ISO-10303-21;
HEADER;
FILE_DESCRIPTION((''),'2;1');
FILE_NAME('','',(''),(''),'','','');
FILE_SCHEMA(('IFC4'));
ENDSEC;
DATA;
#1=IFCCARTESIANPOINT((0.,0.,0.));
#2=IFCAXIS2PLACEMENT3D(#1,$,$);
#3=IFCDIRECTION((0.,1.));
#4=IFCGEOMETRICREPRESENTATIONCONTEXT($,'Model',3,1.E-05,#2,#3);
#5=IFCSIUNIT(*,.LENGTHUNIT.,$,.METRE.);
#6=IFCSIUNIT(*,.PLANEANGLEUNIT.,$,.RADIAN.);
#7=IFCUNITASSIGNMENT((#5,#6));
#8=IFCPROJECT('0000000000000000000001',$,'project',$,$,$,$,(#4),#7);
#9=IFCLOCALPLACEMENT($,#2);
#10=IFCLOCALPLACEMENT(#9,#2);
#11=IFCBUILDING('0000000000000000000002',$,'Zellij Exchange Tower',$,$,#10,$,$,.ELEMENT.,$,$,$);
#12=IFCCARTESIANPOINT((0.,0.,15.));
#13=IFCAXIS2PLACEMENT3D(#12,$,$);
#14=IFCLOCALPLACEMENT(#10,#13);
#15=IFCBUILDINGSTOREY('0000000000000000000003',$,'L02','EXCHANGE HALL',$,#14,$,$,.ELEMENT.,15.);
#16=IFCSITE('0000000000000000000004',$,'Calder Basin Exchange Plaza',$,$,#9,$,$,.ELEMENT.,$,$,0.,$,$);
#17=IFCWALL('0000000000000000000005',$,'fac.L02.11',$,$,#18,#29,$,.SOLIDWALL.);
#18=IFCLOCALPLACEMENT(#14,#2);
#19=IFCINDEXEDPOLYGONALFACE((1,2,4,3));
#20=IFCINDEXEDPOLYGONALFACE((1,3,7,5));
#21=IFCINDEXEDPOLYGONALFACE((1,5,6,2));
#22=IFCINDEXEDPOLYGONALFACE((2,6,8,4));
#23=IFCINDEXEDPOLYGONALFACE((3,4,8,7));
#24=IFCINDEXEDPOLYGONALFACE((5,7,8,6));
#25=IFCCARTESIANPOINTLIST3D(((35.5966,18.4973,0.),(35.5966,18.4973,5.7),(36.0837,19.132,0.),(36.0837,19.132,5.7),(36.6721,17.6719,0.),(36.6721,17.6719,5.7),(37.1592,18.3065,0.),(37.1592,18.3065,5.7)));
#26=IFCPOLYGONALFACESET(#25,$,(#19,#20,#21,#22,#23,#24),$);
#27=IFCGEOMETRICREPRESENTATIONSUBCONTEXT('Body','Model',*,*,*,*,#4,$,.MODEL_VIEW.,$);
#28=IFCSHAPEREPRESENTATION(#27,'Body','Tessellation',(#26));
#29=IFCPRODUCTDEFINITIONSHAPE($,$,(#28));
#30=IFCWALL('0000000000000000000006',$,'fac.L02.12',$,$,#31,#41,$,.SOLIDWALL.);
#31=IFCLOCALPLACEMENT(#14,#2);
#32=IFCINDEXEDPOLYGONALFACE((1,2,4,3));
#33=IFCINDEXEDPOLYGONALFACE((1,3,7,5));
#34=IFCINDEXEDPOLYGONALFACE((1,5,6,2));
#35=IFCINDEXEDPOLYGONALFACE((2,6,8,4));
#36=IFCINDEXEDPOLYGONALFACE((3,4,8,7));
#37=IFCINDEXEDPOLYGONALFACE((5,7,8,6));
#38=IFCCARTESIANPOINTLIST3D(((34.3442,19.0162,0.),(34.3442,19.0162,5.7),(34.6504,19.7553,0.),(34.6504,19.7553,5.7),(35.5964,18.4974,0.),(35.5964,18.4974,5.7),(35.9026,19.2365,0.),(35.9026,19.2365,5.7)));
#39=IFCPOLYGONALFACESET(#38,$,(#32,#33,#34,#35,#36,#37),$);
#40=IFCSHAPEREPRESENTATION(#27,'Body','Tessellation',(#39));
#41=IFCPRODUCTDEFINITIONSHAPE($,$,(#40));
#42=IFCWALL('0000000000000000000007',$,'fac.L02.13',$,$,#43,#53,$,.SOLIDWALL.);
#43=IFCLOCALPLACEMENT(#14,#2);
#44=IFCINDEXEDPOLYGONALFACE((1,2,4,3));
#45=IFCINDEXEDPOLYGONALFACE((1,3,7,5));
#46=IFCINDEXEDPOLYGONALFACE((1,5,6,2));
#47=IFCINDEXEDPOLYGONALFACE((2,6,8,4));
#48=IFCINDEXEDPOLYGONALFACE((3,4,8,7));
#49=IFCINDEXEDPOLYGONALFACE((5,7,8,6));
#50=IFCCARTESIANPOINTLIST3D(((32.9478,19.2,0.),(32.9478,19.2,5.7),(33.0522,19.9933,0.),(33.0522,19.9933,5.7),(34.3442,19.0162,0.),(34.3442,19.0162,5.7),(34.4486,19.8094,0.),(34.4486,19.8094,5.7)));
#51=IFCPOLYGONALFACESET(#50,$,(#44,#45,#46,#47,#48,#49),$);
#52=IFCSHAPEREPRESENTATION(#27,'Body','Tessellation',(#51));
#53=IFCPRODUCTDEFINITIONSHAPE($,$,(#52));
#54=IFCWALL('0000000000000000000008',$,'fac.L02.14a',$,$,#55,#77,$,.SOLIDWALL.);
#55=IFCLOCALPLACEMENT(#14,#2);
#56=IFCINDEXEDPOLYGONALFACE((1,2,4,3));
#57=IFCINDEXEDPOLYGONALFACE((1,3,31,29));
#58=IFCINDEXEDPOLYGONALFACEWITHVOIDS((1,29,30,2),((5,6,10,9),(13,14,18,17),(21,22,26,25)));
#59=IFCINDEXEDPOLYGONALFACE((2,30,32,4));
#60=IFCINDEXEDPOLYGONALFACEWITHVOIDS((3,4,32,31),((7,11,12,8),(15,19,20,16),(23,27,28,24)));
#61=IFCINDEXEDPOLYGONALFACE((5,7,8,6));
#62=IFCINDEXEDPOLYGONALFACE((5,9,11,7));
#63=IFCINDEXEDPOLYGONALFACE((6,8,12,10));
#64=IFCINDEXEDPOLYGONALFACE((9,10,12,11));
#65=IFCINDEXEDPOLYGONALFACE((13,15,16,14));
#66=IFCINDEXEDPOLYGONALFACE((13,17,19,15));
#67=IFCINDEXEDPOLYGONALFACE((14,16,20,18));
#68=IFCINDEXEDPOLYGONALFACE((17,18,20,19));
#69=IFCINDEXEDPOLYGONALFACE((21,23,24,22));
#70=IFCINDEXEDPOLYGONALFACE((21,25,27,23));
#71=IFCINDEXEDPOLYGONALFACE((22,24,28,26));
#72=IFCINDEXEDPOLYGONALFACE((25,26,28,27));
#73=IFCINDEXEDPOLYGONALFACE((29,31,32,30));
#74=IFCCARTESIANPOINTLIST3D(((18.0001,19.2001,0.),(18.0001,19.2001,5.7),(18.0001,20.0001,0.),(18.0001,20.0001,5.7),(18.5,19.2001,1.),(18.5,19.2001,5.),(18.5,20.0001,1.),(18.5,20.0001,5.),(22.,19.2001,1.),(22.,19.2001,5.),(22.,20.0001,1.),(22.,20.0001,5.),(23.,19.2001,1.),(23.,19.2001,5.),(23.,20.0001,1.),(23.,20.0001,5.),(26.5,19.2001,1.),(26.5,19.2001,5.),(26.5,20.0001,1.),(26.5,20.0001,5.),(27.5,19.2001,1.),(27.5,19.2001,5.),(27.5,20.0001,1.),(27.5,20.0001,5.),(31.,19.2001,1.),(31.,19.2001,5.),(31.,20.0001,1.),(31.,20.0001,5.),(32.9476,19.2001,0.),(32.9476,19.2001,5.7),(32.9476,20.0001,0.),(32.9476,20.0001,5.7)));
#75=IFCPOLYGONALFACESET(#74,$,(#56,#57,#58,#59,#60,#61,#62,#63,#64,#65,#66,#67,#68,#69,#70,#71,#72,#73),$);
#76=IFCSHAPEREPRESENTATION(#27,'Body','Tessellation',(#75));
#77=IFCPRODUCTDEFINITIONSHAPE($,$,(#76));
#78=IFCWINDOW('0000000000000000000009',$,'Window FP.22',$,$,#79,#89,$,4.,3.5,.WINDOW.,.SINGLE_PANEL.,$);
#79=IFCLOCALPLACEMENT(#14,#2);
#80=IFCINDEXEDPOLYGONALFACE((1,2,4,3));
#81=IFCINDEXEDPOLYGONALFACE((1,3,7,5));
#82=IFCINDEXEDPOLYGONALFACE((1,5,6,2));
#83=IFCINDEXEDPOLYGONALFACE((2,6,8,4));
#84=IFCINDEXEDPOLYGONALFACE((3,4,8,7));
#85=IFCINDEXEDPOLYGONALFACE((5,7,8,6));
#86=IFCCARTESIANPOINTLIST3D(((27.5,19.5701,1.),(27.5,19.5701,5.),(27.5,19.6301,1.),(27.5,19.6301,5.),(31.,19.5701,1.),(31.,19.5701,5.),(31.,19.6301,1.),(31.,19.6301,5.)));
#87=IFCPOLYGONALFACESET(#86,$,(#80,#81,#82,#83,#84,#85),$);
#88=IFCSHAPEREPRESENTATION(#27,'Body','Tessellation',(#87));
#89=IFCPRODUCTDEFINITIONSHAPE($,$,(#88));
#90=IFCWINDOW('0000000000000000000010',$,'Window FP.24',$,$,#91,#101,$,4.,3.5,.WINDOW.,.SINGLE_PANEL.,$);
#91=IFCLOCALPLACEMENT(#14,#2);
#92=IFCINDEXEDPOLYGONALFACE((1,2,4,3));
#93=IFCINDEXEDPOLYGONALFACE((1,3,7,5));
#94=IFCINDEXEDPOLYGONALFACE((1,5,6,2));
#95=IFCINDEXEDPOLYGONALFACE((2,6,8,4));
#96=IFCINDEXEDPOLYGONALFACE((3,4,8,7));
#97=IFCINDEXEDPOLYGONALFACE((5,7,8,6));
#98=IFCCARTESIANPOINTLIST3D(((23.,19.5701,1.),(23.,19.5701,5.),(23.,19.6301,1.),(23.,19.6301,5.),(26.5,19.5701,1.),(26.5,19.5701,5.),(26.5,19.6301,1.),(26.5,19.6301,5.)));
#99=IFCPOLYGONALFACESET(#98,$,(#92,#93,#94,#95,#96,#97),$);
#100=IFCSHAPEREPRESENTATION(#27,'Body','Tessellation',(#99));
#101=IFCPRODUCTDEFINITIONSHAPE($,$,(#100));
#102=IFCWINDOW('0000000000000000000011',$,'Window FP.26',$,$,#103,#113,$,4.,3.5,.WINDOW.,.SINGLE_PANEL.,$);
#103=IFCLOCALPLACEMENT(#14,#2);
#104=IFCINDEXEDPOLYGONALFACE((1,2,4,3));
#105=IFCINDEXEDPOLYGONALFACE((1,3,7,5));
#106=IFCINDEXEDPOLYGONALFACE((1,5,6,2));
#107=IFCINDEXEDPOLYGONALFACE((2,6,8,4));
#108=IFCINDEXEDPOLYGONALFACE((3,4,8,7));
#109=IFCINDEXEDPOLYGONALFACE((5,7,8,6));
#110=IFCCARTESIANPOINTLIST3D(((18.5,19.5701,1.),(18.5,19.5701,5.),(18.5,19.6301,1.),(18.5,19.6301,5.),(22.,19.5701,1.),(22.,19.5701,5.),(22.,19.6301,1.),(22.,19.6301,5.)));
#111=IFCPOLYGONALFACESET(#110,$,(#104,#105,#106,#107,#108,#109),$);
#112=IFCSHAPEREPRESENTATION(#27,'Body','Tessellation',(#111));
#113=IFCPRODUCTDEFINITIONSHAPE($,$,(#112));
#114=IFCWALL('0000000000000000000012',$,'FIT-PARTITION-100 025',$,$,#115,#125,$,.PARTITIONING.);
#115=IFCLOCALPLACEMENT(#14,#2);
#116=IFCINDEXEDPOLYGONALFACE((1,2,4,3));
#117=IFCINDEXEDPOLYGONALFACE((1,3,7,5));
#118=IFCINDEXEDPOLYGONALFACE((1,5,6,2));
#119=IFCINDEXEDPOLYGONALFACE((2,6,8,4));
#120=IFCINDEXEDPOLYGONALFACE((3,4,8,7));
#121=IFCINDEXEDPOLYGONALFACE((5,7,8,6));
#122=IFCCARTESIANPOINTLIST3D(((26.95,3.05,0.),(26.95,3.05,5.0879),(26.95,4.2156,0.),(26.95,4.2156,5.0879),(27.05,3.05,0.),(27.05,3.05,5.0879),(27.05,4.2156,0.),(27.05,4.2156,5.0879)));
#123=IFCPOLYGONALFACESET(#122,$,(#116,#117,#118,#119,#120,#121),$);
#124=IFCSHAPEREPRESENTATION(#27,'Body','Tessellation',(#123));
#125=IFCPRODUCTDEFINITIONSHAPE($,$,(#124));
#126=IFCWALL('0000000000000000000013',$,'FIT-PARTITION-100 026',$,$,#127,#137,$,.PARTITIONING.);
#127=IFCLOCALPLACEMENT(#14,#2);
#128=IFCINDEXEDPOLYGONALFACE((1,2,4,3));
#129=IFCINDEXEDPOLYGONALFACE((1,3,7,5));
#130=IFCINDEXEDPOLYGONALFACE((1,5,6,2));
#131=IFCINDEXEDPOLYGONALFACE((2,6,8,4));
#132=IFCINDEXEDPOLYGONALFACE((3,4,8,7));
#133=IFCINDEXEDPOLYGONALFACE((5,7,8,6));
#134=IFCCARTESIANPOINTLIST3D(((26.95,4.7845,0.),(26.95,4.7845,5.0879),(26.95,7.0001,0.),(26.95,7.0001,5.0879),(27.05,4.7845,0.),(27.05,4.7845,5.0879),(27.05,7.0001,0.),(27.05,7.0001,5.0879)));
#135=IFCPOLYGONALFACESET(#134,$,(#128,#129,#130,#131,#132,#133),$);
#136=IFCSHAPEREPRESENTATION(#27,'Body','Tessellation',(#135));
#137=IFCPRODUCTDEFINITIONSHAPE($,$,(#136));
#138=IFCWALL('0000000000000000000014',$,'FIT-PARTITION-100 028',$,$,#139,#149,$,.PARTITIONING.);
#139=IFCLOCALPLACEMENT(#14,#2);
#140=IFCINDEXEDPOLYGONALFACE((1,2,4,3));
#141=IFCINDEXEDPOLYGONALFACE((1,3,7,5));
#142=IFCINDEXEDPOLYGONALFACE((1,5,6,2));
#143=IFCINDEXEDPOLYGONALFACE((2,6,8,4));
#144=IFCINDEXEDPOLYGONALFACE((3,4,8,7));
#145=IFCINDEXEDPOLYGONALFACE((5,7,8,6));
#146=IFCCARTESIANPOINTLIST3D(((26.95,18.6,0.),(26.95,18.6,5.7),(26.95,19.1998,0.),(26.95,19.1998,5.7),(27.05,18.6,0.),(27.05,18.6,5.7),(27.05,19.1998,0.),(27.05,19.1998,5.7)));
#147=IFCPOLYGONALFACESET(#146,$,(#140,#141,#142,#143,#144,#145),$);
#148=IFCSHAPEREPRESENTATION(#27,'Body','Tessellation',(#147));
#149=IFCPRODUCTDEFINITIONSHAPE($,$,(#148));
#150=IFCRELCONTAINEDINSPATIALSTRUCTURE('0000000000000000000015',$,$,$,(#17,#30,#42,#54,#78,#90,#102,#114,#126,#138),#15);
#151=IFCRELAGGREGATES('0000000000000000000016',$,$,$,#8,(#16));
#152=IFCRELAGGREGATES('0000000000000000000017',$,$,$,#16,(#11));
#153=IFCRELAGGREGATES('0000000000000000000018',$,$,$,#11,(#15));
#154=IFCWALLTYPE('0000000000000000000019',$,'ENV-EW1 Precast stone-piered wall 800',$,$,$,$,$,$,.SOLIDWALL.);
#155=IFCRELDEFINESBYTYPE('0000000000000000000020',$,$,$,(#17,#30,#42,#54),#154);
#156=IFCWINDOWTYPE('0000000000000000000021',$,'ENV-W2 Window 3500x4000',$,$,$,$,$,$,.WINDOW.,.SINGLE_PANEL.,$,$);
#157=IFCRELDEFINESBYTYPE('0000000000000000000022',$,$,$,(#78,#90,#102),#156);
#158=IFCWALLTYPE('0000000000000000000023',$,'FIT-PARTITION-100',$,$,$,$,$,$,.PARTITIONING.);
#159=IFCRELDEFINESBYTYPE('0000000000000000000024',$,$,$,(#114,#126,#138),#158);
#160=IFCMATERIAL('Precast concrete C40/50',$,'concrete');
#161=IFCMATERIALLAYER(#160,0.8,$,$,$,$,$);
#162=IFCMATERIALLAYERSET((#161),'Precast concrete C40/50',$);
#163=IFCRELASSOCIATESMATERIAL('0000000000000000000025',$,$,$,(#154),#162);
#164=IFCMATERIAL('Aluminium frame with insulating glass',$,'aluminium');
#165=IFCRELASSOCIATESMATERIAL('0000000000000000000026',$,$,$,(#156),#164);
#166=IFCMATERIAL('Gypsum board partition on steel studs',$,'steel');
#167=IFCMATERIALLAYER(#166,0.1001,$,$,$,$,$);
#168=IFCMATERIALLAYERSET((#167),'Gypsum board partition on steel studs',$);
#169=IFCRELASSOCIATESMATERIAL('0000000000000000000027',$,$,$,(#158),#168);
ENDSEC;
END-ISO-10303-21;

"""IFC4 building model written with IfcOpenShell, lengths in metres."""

from ifc_helpers import new_model, si_unit, direction, frame, frame_2d, origin, place, context, subcontext, project, spatial, rectangle, extrude, material, layer, layer_set, type_object, element, fill, save


model = new_model("IFC4")

# Units and contexts
model_context = context("Model", 3, precision=1e-05, world=origin(), true_north=direction((0.0, 1.0)))
body_context = subcontext(model_context, "Body", "Model", "MODEL_VIEW")
ifc_project = project(units=[si_unit("LENGTHUNIT", "METRE"), si_unit("PLANEANGLEUNIT", "RADIAN")], contexts=[model_context])

# Site, building, storey
site_placement = place(None, origin())
site = spatial("IfcSite", under=ifc_project, at=site_placement, Name="Calder Basin Exchange Plaza", CompositionType="ELEMENT", RefElevation=0.0)
building_placement = place(site_placement, origin())
building = spatial("IfcBuilding", under=site, at=building_placement, Name="Zellij Exchange Tower", CompositionType="ELEMENT")
storey_placement = place(building_placement, frame((0.0, 0.0, 15.0)))
storey = spatial("IfcBuildingStorey", under=building, at=storey_placement, Name="L02", Description="EXCHANGE HALL", CompositionType="ELEMENT", Elevation=15.0)

# Walls
ifc_material_1 = material(Name="Precast concrete C40/50", Category="concrete")
ifc_layer_1 = layer(ifc_material_1, 0.8)
ifc_layer_set_1 = layer_set([ifc_layer_1], Name="Precast concrete C40/50")
wall_type_1 = type_object("IfcWallType", Name="ENV-EW1 Precast stone-piered wall 800", PredefinedType="SOLIDWALL", material=ifc_layer_set_1)
for number, where, z_axis, x_axis, name in (
    (1, (36.9155, 17.9893, 0.0), (0.0, 0.0, 1.0), (-0.793273, 0.608866, 0.0), "fac.L02.11"),
):
    element("IfcWall", number, at=place(storey_placement, frame(where, z_axis=z_axis, x_axis=x_axis)), inside=storey, type_object=wall_type_1, Name=name, PredefinedType="SOLIDWALL", context=body_context, shape_type="SweptSolid", body=[
        extrude(rectangle(XDim=1.3557, YDim=0.8, at=frame_2d((0.6777, 0.0))), origin(), (0.0, 0.0, 1.0), 5.7),
    ])
wall_1_placement = place(storey_placement, frame((35.7495, 18.8669, 0.0), z_axis=(0.0, 0.0, 1.0), x_axis=(-0.923848, 0.38276, 0.0)))
element("IfcWall", 2, at=wall_1_placement, inside=storey, type_object=wall_type_1, Name="fac.L02.12", PredefinedType="SOLIDWALL", context=body_context, shape_type="SweptSolid", body=[
    extrude(rectangle(XDim=1.3555, YDim=0.8, at=frame_2d((0.6777, 0.0))), origin(), (0.0, 0.0, 1.0), 5.7),
])
wall_2_placement = place(storey_placement, frame((34.3962, 19.4128, 0.0), z_axis=(0.0, 0.0, 1.0), x_axis=(-0.991446, 0.130517, 0.0)))
element("IfcWall", 3, at=wall_2_placement, inside=storey, type_object=wall_type_1, Name="fac.L02.13", PredefinedType="SOLIDWALL", context=body_context, shape_type="SweptSolid", body=[
    extrude(rectangle(XDim=1.4084, YDim=0.8, at=frame_2d((0.7041, 0.0))), origin(), (0.0, 0.0, 1.0), 5.7),
])

# Wall, openings, windows
wall_3_placement = place(storey_placement, frame((32.9475, 19.6001, 0.0), z_axis=(0.0, 0.0, 1.0), x_axis=(-1.0, 0.0, 0.0)))
wall_3 = element("IfcWall", 4, at=wall_3_placement, inside=storey, type_object=wall_type_1, Name="fac.L02.14a", PredefinedType="SOLIDWALL", context=body_context, shape_type="SweptSolid", body=[
    extrude(rectangle(XDim=14.9475, YDim=0.8, at=frame_2d((7.4736, 0.0))), origin(), (0.0, 0.0, 1.0), 5.7),
])
opening_1_placement = place(wall_3_placement, frame((1.9475, 0.0, 1.0)))
opening_1 = element("IfcOpeningElement", 5, at=opening_1_placement, cuts=wall_3, PredefinedType="OPENING", context=body_context, shape_type="SweptSolid", body=[
    extrude(rectangle(XDim=3.5, YDim=4.0, at=frame_2d((1.75, 2.0))), frame((0.0, 0.4121, 0.0), z_axis=(0.0, -1.0, 0.0), x_axis=(1.0, 0.0, 0.0)), (0.0, 0.0, 1.0), 0.824),
])
opening_2_placement = place(wall_3_placement, frame((6.4475, 0.0, 1.0)))
opening_2 = element("IfcOpeningElement", 6, at=opening_2_placement, cuts=wall_3, PredefinedType="OPENING", context=body_context, shape_type="SweptSolid", body=[
    extrude(rectangle(XDim=3.5, YDim=4.0, at=frame_2d((1.75, 2.0))), frame((0.0, 0.4121, 0.0), z_axis=(0.0, -1.0, 0.0), x_axis=(1.0, 0.0, 0.0)), (0.0, 0.0, 1.0), 0.824),
])
opening_3_placement = place(wall_3_placement, frame((10.9475, 0.0, 1.0)))
opening_3 = element("IfcOpeningElement", 7, at=opening_3_placement, cuts=wall_3, PredefinedType="OPENING", context=body_context, shape_type="SweptSolid", body=[
    extrude(rectangle(XDim=3.5, YDim=4.0, at=frame_2d((1.75, 2.0))), frame((0.0, 0.4121, 0.0), z_axis=(0.0, -1.0, 0.0), x_axis=(1.0, 0.0, 0.0)), (0.0, 0.0, 1.0), 0.824),
])
ifc_material_2 = material(Name="Aluminium frame with insulating glass", Category="aluminium")
window_type = type_object("IfcWindowType", Name="ENV-W2 Window 3500x4000", PartitioningType="SINGLE_PANEL", PredefinedType="WINDOW", material=ifc_material_2)
window_1_placement = place(opening_1_placement, origin())
window_1 = element("IfcWindow", 8, at=window_1_placement, inside=storey, type_object=window_type, Name="Window FP.22", OverallHeight=4.0, OverallWidth=3.5, PartitioningType="SINGLE_PANEL", PredefinedType="WINDOW", context=body_context, shape_type="SweptSolid", body=[
    extrude(rectangle(XDim=3.5, YDim=4.0, at=frame_2d((1.75, 2.0))), frame((0.0, 0.03, 0.0), z_axis=(0.0, -1.0, 0.0), x_axis=(1.0, 0.0, 0.0)), (0.0, 0.0, 1.0), 0.0601),
])
fill(opening_1, window_1)
window_2_placement = place(opening_2_placement, origin())
window_2 = element("IfcWindow", 9, at=window_2_placement, inside=storey, type_object=window_type, Name="Window FP.24", OverallHeight=4.0, OverallWidth=3.5, PartitioningType="SINGLE_PANEL", PredefinedType="WINDOW", context=body_context, shape_type="SweptSolid", body=[
    extrude(rectangle(XDim=3.5, YDim=4.0, at=frame_2d((1.75, 2.0))), frame((0.0, 0.03, 0.0), z_axis=(0.0, -1.0, 0.0), x_axis=(1.0, 0.0, 0.0)), (0.0, 0.0, 1.0), 0.0601),
])
fill(opening_2, window_2)
window_3_placement = place(opening_3_placement, origin())
window_3 = element("IfcWindow", 10, at=window_3_placement, inside=storey, type_object=window_type, Name="Window FP.26", OverallHeight=4.0, OverallWidth=3.5, PartitioningType="SINGLE_PANEL", PredefinedType="WINDOW", context=body_context, shape_type="SweptSolid", body=[
    extrude(rectangle(XDim=3.5, YDim=4.0, at=frame_2d((1.75, 2.0))), frame((0.0, 0.03, 0.0), z_axis=(0.0, -1.0, 0.0), x_axis=(1.0, 0.0, 0.0)), (0.0, 0.0, 1.0), 0.0601),
])
fill(opening_3, window_3)

# Walls
ifc_material_3 = material(Name="Gypsum board partition on steel studs", Category="steel")
ifc_layer_2 = layer(ifc_material_3, 0.1001)
ifc_layer_set_2 = layer_set([ifc_layer_2], Name="Gypsum board partition on steel studs")
wall_type_2 = type_object("IfcWallType", Name="FIT-PARTITION-100", PredefinedType="PARTITIONING", material=ifc_layer_set_2)
wall_4_placement = place(storey_placement, frame((27.0, 3.05, 0.0), z_axis=(0.0, 0.0, 1.0), x_axis=(0.0, 1.0, 0.0)))
element("IfcWall", 11, at=wall_4_placement, inside=storey, type_object=wall_type_2, Name="FIT-PARTITION-100 025", PredefinedType="PARTITIONING", context=body_context, shape_type="SweptSolid", body=[
    extrude(rectangle(XDim=1.1655, YDim=0.1001, at=frame_2d((0.5828, 0.0))), origin(), (0.0, 0.0, 1.0), 5.0879),
])
wall_5_placement = place(storey_placement, frame((27.0, 4.7844, 0.0), z_axis=(0.0, 0.0, 1.0), x_axis=(0.0, 1.0, 0.0)))
element("IfcWall", 12, at=wall_5_placement, inside=storey, type_object=wall_type_2, Name="FIT-PARTITION-100 026", PredefinedType="PARTITIONING", context=body_context, shape_type="SweptSolid", body=[
    extrude(rectangle(XDim=2.2156, YDim=0.1001, at=frame_2d((1.1079, 0.0))), origin(), (0.0, 0.0, 1.0), 5.0879),
])

# Wall
wall_6_placement = place(storey_placement, frame((27.0, 18.6001, 0.0), z_axis=(0.0, 0.0, 1.0), x_axis=(0.0, 1.0, 0.0)))
element("IfcWall", 13, at=wall_6_placement, inside=storey, type_object=wall_type_2, Name="FIT-PARTITION-100 028", PredefinedType="PARTITIONING", context=body_context, shape_type="SweptSolid", body=[
    extrude(rectangle(XDim=0.5999, YDim=0.1001, at=frame_2d((0.2998, 0.0))), origin(), (0.0, 0.0, 1.0), 5.7),
])

save(model, "model.ifc")
